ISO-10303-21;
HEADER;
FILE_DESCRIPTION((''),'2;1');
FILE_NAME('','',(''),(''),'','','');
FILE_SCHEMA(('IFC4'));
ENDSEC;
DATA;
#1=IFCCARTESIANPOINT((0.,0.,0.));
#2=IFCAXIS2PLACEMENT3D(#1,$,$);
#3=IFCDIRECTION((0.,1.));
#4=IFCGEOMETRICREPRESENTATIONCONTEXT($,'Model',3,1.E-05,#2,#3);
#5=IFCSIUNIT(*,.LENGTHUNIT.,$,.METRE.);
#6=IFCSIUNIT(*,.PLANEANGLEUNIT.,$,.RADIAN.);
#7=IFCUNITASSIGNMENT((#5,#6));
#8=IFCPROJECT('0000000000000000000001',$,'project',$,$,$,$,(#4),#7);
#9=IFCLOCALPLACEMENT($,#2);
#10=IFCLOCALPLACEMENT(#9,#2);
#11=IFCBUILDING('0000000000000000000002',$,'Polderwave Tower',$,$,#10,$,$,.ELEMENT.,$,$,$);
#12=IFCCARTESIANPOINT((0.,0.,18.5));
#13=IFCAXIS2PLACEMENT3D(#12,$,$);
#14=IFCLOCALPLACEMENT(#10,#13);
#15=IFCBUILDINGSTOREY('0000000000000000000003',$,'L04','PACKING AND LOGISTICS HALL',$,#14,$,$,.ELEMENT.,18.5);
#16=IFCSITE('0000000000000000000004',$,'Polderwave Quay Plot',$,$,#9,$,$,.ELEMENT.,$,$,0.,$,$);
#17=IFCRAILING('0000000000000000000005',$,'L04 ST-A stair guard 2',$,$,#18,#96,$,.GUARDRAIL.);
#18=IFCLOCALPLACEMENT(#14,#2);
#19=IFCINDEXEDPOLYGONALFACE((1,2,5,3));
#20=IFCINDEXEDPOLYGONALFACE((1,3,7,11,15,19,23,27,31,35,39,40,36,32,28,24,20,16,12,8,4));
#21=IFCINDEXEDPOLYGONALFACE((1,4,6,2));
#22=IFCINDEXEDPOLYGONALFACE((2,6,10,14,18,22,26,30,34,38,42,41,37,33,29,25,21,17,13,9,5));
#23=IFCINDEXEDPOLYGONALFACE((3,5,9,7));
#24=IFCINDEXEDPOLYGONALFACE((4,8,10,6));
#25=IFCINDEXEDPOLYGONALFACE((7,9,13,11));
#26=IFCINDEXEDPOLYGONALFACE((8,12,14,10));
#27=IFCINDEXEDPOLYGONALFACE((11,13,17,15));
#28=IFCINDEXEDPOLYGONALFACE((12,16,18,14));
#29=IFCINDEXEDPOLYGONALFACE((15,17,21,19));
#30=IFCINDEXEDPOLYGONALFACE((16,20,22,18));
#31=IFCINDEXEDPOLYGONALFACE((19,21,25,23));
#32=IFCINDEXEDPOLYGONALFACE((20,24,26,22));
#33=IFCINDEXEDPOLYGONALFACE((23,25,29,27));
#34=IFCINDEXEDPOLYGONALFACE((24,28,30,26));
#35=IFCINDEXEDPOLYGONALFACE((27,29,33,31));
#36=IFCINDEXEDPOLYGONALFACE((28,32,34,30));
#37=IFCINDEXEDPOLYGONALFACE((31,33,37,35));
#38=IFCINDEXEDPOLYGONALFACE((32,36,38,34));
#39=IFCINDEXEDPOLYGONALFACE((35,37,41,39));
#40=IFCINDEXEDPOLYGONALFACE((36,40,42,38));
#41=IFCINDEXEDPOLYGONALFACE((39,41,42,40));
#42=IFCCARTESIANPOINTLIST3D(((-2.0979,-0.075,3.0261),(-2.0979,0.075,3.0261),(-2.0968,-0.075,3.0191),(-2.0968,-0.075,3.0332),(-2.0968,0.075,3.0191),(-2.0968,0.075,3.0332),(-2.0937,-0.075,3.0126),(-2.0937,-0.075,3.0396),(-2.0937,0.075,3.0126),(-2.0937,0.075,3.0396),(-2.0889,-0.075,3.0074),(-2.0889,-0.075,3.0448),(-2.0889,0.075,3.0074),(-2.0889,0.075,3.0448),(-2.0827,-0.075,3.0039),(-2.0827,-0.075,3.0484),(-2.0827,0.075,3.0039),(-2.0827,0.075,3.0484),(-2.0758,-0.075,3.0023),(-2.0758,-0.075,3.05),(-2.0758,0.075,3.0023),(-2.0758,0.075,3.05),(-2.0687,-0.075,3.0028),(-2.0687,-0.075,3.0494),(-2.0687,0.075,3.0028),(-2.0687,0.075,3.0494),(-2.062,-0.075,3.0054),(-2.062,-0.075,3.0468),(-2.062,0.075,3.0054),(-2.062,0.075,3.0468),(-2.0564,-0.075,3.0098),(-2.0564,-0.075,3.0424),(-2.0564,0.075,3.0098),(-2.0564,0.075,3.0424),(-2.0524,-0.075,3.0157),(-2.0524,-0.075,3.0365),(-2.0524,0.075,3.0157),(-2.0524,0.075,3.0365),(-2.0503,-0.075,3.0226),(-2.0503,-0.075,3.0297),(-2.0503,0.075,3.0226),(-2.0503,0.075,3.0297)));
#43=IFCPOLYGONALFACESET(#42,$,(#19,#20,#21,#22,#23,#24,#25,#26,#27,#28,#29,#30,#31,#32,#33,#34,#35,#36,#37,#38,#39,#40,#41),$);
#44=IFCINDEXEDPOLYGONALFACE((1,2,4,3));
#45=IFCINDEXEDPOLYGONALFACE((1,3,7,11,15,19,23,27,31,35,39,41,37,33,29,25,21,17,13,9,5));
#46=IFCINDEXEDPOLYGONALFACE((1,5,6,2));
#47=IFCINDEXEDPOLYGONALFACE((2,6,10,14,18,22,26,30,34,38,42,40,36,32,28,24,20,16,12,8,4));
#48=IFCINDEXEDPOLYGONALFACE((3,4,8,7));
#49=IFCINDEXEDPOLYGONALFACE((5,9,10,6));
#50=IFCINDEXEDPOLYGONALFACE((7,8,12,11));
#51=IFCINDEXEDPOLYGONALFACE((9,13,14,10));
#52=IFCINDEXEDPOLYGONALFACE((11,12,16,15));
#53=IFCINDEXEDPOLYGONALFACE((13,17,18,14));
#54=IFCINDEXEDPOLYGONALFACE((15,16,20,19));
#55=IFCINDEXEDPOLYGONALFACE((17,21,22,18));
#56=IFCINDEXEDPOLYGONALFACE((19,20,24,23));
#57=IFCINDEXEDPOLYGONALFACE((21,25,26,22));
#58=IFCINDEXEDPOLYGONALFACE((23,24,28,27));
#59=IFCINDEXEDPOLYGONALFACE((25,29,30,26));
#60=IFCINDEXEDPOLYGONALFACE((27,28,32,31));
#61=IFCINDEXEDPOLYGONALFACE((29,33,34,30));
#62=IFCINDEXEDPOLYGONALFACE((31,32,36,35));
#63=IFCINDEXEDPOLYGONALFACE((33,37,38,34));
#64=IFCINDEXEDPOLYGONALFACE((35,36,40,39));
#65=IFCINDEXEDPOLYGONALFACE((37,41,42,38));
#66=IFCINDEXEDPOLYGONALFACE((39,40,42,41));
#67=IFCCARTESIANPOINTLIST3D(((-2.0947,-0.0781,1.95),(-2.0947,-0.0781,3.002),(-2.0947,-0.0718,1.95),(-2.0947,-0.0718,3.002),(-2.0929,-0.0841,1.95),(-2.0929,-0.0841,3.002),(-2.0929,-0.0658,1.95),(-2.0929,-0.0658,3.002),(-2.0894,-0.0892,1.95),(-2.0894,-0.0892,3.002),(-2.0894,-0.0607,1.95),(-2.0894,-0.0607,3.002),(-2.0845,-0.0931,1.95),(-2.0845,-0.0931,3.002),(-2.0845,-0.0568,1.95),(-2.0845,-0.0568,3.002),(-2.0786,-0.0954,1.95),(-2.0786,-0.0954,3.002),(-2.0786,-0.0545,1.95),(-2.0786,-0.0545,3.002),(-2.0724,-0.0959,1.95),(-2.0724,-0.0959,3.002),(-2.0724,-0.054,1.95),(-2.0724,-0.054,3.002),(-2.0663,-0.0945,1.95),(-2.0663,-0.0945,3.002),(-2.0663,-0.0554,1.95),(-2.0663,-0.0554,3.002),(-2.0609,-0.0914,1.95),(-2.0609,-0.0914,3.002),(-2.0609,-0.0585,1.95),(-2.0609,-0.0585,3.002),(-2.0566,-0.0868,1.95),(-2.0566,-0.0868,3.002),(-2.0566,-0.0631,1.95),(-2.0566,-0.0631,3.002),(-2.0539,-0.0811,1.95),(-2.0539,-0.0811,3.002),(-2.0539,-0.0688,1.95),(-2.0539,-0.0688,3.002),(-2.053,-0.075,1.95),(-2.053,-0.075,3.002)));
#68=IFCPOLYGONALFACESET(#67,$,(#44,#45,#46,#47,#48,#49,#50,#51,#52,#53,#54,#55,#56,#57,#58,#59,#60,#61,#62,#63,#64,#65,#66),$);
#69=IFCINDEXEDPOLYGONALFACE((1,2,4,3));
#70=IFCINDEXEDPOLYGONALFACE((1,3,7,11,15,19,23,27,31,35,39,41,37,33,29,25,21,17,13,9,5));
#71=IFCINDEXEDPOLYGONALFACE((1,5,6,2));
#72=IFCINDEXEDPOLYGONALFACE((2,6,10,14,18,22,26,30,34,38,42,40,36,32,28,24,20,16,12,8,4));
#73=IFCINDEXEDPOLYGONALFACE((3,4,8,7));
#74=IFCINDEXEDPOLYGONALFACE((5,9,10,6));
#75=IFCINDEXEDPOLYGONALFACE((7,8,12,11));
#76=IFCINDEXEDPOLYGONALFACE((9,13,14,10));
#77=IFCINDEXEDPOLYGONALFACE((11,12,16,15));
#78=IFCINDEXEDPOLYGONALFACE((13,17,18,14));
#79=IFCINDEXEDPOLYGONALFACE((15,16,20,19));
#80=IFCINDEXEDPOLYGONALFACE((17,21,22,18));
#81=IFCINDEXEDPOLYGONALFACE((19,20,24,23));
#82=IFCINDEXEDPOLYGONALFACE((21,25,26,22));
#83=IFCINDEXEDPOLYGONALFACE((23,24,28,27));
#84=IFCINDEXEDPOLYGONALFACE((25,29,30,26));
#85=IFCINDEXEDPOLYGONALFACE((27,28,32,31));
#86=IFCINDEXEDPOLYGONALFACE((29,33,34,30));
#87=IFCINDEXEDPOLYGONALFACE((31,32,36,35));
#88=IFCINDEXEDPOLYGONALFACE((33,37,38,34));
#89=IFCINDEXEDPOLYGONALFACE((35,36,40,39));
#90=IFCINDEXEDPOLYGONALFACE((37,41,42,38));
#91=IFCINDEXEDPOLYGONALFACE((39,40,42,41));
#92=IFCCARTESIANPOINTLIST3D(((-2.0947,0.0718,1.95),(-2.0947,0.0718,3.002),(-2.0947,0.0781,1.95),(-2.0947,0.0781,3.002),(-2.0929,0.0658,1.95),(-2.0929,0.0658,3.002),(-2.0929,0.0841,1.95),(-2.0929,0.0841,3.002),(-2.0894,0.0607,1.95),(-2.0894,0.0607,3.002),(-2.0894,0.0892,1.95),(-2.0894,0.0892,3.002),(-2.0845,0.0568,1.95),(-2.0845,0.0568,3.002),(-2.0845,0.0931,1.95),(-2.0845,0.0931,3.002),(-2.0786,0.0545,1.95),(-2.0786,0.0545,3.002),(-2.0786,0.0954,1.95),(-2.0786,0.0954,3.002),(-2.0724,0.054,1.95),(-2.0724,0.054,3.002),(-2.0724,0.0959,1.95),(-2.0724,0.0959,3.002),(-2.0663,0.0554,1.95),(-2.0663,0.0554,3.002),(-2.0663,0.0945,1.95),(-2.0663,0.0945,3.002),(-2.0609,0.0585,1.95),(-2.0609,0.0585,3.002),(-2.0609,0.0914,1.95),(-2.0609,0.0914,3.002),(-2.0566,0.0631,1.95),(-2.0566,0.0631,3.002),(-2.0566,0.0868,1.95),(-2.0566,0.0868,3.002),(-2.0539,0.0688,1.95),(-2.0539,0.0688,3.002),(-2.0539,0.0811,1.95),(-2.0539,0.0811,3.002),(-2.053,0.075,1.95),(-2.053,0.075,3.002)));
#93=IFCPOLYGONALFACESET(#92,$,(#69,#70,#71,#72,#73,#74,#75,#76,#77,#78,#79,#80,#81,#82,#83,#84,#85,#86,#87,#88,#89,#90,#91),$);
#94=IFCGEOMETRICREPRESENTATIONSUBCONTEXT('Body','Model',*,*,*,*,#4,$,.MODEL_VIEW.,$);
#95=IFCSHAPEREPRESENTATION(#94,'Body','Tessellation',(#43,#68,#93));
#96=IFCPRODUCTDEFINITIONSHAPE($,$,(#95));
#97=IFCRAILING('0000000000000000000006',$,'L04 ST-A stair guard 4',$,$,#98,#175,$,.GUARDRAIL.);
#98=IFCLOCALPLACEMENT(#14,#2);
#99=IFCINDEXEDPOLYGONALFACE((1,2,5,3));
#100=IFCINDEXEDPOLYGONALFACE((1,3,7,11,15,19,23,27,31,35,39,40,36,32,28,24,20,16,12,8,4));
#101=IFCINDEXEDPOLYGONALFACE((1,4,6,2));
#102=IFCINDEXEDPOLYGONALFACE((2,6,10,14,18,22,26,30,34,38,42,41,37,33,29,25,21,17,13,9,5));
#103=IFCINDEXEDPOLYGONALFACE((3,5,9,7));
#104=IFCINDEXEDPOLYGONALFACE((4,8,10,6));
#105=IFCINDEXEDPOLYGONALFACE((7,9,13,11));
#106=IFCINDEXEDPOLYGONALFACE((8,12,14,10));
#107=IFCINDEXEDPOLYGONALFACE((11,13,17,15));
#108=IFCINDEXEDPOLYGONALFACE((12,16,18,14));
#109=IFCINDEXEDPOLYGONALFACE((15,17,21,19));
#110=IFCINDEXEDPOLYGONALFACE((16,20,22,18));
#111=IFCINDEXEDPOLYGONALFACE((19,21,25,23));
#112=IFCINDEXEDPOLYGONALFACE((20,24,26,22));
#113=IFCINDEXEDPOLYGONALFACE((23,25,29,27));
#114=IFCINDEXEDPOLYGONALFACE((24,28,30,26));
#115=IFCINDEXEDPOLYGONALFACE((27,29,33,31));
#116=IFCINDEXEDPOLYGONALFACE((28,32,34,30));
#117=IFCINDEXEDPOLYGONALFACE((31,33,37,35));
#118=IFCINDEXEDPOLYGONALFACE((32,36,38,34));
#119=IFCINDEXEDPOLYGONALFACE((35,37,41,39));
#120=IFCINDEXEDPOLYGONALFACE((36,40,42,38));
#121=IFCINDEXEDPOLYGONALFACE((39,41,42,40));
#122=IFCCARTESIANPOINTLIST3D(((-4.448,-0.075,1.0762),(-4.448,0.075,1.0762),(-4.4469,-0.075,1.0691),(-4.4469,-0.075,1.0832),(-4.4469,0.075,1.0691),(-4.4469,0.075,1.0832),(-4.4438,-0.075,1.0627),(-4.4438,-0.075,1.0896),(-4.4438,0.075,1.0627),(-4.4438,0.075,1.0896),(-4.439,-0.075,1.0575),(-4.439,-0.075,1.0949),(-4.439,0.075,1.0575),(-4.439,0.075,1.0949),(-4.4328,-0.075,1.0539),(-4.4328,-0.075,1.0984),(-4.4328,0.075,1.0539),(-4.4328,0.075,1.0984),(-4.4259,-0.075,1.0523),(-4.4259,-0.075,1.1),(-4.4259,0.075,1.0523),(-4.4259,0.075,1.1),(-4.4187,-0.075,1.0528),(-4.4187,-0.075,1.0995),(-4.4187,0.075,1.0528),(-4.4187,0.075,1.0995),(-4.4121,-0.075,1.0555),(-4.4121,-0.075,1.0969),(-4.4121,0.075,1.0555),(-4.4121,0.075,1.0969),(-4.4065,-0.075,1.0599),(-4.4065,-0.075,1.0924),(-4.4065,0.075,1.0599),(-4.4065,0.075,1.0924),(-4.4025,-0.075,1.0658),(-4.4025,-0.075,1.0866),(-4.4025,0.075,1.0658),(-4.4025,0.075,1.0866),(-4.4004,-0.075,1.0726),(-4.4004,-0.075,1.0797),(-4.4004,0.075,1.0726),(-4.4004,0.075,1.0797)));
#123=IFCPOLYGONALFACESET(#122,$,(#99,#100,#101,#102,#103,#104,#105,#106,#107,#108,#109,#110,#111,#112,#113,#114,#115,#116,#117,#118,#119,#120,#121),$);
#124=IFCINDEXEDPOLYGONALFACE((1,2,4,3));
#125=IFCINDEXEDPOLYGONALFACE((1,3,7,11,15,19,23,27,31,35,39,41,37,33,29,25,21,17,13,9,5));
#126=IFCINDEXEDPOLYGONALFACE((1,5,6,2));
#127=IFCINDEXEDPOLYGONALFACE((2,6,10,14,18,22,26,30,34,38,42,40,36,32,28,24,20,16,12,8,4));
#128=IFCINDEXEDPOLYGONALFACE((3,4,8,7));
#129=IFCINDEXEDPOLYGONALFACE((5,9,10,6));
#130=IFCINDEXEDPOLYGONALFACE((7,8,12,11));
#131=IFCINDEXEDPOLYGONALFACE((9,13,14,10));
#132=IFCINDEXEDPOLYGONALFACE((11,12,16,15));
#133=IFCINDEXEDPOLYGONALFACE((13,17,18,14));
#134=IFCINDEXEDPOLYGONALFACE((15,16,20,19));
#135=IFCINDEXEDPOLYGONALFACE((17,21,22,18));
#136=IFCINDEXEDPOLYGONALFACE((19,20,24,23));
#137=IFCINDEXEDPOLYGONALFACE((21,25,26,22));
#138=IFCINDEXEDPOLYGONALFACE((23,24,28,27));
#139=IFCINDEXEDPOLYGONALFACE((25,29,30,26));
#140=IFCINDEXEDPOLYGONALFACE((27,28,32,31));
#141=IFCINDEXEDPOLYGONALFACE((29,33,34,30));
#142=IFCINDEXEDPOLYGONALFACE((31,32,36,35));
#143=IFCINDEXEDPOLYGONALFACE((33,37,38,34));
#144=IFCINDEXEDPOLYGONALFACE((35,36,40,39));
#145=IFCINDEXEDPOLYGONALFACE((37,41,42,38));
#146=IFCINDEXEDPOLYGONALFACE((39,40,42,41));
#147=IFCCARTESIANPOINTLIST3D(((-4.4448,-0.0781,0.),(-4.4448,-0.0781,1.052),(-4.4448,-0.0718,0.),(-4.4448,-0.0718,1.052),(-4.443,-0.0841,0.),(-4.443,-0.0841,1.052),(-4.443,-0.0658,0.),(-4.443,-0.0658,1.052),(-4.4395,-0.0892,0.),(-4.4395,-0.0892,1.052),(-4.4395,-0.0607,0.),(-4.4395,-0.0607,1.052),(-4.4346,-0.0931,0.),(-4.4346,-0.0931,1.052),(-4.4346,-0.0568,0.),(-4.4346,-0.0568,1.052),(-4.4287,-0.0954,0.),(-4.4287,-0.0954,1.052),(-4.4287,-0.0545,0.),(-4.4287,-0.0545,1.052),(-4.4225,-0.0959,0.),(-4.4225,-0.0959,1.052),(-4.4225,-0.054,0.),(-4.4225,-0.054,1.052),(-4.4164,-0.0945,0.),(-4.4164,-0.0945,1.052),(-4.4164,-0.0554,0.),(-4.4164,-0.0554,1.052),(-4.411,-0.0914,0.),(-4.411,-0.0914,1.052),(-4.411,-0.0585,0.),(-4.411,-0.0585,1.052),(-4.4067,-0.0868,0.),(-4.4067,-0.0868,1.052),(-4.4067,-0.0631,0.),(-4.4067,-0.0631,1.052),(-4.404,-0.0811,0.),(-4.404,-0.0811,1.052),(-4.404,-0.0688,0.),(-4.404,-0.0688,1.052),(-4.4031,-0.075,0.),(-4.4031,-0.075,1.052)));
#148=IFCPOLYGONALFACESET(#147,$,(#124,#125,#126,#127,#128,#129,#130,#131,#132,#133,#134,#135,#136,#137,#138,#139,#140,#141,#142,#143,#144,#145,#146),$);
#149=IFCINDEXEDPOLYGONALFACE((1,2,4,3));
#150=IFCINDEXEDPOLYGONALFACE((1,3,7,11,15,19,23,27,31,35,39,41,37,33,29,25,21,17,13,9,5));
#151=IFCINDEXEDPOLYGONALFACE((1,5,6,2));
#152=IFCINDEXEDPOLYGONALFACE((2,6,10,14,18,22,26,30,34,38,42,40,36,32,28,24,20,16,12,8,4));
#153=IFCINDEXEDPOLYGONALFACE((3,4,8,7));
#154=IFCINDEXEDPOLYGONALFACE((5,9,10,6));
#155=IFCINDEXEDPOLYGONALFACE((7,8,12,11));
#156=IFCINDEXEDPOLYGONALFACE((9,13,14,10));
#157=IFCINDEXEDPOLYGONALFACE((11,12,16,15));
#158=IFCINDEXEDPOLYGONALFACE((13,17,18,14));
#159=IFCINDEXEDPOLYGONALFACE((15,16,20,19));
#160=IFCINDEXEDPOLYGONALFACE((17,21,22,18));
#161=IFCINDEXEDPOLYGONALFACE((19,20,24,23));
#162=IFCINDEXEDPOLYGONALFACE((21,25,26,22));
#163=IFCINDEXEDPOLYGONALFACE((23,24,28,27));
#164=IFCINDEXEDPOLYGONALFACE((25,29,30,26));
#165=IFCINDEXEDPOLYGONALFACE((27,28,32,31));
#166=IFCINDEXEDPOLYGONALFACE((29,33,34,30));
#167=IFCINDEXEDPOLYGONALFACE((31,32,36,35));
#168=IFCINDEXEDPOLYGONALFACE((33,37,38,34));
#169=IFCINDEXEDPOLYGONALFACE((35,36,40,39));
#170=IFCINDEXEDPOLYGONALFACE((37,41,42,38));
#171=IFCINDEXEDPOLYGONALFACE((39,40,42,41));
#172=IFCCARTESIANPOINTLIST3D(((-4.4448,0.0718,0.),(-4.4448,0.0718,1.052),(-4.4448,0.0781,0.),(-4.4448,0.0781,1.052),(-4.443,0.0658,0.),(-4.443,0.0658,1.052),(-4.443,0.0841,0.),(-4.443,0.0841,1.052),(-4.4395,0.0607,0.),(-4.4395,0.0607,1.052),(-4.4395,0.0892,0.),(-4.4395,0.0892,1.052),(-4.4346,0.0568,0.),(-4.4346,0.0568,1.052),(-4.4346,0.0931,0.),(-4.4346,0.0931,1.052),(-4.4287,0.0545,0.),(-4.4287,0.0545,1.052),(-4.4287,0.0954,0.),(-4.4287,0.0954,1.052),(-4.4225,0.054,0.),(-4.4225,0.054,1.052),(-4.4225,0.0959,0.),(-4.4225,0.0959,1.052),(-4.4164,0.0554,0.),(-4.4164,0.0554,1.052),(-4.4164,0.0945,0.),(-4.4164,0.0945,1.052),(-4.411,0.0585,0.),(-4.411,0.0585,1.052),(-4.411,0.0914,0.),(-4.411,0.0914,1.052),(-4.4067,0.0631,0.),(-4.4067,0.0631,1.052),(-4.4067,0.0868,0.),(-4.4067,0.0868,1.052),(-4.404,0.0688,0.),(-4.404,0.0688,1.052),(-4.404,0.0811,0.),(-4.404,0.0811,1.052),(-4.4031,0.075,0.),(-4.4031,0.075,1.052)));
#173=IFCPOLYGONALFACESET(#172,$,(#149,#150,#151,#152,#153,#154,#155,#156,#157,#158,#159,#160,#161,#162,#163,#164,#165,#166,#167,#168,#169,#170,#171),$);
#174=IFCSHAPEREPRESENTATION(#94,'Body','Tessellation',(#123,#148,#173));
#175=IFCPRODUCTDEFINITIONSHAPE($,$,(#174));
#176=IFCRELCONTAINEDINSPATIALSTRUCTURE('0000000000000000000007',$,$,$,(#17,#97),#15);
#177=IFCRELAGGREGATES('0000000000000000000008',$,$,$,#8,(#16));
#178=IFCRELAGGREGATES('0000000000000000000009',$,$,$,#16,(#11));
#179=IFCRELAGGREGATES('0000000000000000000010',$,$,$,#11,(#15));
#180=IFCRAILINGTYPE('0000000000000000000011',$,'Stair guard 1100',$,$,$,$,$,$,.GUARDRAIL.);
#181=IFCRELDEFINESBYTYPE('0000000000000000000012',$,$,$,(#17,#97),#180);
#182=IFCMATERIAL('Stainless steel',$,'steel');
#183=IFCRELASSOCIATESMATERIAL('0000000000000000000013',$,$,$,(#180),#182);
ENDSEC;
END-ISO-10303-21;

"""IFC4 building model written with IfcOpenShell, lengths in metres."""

from ifc_helpers import new_model, si_unit, direction, frame, origin, origin_2d, place, context, subcontext, project, spatial, circle, extrude, material, type_object, element, save


model = new_model("IFC4")

# Units and contexts
model_context = context("Model", 3, precision=1e-05, world=origin(), true_north=direction((0.0, 1.0)))
body_context = subcontext(model_context, "Body", "Model", "MODEL_VIEW")
ifc_project = project(units=[si_unit("LENGTHUNIT", "METRE"), si_unit("PLANEANGLEUNIT", "RADIAN")], contexts=[model_context])

# Site, building, storey
site_placement = place(None, origin())
site = spatial("IfcSite", under=ifc_project, at=site_placement, Name="Polderwave Quay Plot", CompositionType="ELEMENT", RefElevation=0.0)
building_placement = place(site_placement, origin())
building = spatial("IfcBuilding", under=site, at=building_placement, Name="Polderwave Tower", CompositionType="ELEMENT")
storey_placement = place(building_placement, frame((0.0, 0.0, 18.5)))
storey = spatial("IfcBuildingStorey", under=building, at=storey_placement, Name="L04", Description="PACKING AND LOGISTICS HALL", CompositionType="ELEMENT", Elevation=18.5)

# Railings
ifc_material_1 = material(Name="Stainless steel", Category="steel")
railing_type_1 = type_object("IfcRailingType", Name="Stair guard 1100", PredefinedType="GUARDRAIL", material=ifc_material_1)
for number, where, name in (
    (1, (-2.074, -0.075, 1.95), "L04 ST-A stair guard 2"),
    (2, (-4.4241, -0.075, 0.0), "L04 ST-A stair guard 4"),
):
    element("IfcRailing", number, at=place(storey_placement, frame(where)), inside=storey, type_object=railing_type_1, Name=name, PredefinedType="GUARDRAIL", context=body_context, shape_type="SweptSolid", body=[
        extrude(circle(Radius=0.0239, at=origin_2d()), frame((0.0, 0.0, 1.0762), z_axis=(0.0, 1.0, 0.0), x_axis=(-1.0, 0.0, 0.0)), (0.0, 0.0, 1.0), 0.1499),
        extrude(circle(Radius=0.021, at=origin_2d()), origin(), (0.0, 0.0, 1.0), 1.052),
        extrude(circle(Radius=0.021, at=origin_2d()), frame((0.0, 0.1499, 0.0)), (0.0, 0.0, 1.0), 1.052),
    ])

save(model, "model.ifc")
